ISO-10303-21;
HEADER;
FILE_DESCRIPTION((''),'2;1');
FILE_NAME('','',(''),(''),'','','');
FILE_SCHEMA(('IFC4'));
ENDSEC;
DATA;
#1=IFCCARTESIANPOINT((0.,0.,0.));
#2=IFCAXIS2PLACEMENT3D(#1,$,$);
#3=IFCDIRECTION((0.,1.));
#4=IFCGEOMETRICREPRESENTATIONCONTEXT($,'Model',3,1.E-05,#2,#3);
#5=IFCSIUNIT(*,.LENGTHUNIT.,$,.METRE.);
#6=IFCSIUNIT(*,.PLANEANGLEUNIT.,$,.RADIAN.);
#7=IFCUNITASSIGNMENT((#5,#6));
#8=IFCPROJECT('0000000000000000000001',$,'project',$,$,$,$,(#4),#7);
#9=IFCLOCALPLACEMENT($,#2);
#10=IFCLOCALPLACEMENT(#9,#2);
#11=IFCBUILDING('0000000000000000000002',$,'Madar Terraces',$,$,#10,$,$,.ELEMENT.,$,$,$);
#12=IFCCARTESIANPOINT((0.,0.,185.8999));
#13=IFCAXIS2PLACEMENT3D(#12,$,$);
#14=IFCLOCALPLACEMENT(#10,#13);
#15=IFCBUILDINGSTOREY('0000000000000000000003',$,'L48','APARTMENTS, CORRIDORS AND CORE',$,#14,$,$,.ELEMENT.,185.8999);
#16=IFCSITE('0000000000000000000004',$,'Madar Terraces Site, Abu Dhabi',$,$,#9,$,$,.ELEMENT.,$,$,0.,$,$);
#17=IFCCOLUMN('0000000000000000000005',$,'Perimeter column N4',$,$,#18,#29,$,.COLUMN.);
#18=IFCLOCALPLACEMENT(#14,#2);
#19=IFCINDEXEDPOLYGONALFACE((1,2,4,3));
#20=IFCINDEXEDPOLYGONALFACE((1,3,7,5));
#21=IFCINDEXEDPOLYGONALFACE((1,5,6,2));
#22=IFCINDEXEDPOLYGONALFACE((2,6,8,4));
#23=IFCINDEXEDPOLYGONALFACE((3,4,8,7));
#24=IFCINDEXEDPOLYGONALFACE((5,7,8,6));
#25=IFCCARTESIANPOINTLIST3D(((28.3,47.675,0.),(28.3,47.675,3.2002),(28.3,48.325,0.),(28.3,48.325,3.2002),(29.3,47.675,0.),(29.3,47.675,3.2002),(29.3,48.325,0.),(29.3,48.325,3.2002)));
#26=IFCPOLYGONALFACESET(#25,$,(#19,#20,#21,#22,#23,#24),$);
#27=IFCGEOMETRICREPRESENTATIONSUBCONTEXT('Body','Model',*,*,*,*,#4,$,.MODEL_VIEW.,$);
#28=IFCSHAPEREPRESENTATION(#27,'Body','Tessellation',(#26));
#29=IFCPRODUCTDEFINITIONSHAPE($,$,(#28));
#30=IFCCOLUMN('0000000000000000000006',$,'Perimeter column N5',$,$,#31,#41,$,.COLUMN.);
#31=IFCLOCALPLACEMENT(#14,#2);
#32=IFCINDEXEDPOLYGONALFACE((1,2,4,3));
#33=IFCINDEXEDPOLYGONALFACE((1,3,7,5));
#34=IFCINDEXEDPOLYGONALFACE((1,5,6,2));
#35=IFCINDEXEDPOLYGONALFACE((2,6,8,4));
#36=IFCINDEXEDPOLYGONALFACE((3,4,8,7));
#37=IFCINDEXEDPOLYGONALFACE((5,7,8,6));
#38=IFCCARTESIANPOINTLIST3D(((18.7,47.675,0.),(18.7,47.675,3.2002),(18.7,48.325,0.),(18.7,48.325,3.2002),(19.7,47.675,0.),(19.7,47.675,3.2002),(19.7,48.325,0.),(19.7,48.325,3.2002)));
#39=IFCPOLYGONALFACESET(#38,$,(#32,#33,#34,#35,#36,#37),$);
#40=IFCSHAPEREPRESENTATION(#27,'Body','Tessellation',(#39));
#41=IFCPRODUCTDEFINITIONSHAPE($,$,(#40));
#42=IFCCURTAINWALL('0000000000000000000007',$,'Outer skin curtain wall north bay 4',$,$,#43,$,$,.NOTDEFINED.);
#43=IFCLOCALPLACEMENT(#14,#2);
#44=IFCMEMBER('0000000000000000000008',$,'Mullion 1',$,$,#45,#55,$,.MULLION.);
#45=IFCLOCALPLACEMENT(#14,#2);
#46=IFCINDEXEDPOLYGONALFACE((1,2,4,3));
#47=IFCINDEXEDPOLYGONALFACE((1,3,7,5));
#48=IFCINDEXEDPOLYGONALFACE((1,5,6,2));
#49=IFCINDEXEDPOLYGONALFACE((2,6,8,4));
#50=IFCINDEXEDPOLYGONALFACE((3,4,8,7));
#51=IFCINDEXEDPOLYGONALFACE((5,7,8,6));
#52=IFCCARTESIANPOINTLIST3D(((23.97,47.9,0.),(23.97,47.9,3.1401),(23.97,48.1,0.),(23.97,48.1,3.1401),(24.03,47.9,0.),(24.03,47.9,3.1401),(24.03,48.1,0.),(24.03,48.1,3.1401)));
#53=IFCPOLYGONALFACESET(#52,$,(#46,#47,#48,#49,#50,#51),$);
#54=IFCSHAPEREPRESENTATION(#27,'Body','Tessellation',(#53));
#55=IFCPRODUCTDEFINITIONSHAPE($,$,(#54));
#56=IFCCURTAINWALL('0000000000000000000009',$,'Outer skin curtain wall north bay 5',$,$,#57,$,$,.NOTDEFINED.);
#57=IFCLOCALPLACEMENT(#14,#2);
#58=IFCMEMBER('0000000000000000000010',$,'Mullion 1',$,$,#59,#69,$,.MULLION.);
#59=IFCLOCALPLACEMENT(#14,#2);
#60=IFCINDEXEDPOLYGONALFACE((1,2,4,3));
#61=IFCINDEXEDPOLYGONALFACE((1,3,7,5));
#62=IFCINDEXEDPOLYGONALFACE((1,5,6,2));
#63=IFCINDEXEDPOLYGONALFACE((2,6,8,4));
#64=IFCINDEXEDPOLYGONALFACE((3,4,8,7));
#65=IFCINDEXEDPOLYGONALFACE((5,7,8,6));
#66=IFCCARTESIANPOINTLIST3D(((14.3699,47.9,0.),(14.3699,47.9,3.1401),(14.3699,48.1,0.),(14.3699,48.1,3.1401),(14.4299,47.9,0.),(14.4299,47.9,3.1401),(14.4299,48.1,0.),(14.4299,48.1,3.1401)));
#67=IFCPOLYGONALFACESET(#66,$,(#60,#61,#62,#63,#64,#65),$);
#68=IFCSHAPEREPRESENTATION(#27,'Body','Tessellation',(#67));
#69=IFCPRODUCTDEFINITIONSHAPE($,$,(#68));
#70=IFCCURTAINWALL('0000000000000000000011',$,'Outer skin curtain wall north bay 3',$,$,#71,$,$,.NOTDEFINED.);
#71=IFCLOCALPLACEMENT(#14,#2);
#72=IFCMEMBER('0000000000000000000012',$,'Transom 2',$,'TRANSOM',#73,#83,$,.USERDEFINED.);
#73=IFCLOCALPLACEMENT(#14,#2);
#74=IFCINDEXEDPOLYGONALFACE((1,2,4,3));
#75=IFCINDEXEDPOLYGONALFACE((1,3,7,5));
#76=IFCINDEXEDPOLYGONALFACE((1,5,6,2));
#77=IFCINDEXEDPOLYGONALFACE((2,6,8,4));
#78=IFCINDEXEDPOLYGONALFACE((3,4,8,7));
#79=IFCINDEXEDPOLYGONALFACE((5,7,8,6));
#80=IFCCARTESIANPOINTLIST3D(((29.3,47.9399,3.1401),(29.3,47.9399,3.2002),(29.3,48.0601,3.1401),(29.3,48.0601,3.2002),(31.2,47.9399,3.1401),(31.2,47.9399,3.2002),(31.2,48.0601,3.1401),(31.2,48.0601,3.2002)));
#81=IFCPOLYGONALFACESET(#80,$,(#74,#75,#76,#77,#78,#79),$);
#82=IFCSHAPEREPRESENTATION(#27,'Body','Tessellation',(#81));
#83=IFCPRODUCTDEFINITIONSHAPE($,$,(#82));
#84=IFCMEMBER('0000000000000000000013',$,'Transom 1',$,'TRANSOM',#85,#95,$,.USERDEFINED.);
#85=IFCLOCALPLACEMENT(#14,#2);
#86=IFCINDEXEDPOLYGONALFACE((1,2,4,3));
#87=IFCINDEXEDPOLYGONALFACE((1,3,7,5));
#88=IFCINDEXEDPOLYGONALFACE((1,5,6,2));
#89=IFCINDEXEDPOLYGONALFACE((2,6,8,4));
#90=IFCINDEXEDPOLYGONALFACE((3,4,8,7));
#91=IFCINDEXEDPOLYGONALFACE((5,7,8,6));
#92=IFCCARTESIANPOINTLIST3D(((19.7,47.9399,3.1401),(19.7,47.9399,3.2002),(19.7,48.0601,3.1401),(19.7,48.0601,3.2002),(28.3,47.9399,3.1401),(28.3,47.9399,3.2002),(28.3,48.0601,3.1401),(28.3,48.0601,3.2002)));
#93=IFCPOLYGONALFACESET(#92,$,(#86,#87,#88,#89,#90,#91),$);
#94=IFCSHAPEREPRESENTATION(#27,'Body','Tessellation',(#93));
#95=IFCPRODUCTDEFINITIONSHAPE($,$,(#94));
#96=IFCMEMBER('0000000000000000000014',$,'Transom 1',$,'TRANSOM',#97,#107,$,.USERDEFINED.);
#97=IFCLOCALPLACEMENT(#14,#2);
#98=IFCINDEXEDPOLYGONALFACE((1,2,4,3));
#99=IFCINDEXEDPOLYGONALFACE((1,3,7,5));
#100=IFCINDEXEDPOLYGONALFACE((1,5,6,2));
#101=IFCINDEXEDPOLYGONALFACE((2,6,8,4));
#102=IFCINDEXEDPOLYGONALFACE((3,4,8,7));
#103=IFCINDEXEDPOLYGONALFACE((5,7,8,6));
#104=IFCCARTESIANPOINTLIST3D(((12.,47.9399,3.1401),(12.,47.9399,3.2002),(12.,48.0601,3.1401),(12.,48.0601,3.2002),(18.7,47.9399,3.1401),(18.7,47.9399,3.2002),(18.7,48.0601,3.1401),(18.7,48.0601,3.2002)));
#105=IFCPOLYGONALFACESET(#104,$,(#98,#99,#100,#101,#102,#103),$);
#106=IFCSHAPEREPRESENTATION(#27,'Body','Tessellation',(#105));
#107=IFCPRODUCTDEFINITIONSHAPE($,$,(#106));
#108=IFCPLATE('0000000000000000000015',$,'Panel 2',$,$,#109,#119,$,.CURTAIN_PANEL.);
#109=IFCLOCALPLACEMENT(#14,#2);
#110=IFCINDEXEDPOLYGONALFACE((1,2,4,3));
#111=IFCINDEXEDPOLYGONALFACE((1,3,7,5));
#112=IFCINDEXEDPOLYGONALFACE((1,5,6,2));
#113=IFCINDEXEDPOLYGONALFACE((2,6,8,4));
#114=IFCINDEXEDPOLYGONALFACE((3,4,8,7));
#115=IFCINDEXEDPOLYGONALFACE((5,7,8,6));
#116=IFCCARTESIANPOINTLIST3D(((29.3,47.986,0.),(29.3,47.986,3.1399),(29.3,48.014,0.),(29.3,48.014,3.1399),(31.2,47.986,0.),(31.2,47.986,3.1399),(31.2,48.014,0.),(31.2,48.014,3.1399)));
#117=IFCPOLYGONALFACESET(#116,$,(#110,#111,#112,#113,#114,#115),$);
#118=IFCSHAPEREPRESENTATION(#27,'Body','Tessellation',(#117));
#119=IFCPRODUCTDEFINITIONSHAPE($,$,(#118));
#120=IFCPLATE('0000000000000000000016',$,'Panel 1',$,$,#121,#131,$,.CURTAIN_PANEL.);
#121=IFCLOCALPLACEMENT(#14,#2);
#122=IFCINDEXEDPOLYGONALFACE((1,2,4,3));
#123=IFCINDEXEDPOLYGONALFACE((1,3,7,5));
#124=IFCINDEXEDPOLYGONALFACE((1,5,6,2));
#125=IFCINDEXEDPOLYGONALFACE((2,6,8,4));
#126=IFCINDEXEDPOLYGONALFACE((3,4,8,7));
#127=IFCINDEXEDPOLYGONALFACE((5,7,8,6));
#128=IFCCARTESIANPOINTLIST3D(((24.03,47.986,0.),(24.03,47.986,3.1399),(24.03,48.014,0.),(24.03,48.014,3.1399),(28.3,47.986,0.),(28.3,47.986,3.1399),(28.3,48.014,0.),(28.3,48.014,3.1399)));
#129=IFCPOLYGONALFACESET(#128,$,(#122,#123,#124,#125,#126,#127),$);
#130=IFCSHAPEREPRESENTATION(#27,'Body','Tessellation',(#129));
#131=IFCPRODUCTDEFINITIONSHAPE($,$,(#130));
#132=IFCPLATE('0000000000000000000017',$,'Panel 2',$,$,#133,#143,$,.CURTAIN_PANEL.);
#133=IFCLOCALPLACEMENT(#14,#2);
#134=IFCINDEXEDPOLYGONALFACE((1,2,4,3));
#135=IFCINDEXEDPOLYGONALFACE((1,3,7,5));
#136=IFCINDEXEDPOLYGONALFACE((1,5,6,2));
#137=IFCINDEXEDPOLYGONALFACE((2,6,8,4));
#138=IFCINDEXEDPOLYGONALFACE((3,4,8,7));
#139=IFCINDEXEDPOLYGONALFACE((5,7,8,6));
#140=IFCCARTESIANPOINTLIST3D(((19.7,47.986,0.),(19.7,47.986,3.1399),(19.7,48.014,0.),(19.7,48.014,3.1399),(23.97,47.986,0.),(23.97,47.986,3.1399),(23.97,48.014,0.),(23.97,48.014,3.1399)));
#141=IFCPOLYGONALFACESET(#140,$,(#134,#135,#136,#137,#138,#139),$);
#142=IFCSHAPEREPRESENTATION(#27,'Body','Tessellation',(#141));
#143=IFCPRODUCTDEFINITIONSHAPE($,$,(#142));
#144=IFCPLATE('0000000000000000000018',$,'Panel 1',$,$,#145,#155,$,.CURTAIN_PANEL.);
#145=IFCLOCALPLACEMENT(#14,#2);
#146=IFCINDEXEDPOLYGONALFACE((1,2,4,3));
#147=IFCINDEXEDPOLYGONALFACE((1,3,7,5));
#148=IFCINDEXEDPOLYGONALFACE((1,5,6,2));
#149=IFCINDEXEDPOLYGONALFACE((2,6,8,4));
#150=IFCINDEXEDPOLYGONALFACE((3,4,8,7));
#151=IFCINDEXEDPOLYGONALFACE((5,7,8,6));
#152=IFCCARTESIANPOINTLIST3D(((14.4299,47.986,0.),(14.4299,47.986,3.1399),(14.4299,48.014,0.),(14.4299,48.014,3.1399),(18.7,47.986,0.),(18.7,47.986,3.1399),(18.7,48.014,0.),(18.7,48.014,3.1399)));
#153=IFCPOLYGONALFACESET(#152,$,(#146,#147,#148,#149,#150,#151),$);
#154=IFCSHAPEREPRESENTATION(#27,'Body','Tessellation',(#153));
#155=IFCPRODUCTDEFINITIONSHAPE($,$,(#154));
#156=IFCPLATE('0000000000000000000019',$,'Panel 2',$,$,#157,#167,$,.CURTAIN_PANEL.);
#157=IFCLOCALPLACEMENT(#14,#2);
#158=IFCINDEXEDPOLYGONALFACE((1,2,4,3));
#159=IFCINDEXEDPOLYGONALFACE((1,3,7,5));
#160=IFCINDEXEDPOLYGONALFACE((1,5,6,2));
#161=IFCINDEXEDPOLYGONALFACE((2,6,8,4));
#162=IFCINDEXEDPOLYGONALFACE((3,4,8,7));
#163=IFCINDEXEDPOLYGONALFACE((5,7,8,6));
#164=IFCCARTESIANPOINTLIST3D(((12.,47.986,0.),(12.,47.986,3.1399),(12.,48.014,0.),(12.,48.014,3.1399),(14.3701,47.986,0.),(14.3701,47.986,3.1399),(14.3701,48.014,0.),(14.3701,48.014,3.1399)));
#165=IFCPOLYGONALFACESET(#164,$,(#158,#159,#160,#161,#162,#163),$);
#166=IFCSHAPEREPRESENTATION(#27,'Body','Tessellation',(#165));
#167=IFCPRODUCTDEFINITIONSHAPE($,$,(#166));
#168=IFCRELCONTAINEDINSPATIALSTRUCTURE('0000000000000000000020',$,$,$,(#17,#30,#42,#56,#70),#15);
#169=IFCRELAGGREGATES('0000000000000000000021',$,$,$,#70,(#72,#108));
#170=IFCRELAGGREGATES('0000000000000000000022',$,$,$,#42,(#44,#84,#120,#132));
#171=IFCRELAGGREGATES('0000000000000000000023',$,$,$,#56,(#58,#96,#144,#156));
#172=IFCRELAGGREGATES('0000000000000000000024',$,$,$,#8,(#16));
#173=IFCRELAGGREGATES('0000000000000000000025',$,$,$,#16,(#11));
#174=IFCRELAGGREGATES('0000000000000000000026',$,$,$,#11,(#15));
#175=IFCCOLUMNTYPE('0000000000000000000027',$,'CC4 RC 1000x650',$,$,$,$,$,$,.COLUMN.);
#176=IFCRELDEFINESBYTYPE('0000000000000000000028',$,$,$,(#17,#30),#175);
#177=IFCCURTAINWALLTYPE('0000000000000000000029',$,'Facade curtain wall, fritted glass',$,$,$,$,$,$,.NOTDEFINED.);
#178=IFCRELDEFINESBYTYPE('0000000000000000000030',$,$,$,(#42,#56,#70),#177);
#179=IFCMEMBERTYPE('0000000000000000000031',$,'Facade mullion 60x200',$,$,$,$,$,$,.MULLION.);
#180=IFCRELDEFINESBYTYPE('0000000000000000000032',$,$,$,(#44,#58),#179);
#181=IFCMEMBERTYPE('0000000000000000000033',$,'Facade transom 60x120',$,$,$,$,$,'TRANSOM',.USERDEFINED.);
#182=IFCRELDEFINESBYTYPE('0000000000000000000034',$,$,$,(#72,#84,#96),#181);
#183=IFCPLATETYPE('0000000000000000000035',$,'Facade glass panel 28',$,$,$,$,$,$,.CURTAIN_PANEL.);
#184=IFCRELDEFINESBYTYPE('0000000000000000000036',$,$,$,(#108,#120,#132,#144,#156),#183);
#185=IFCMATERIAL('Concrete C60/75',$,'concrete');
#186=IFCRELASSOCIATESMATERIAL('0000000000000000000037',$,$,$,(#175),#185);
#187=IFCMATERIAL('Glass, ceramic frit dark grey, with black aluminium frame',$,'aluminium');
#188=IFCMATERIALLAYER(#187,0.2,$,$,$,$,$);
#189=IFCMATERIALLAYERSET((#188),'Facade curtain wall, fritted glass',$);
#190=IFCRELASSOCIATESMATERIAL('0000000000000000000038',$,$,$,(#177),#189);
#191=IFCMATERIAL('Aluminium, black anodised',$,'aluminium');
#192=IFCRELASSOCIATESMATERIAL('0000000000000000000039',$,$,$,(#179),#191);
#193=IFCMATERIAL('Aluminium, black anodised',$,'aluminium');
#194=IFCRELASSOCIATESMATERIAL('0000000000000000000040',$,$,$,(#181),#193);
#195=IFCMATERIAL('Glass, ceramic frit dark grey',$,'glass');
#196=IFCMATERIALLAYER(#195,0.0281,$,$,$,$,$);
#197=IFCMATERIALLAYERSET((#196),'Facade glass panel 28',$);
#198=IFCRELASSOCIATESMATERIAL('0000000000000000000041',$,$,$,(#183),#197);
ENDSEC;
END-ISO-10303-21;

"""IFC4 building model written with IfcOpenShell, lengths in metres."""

from ifc_helpers import new_model, si_unit, direction, frame, origin, origin_2d, place, context, subcontext, project, spatial, rectangle, extrude, material, layer, layer_set, material_profile, profile_set, type_object, element, aggregate, save


model = new_model("IFC4")

# Units and contexts
model_context = context("Model", 3, precision=1e-05, world=origin(), true_north=direction((0.0, 1.0)))
body_context = subcontext(model_context, "Body", "Model", "MODEL_VIEW")
ifc_project = project(units=[si_unit("LENGTHUNIT", "METRE"), si_unit("PLANEANGLEUNIT", "RADIAN")], contexts=[model_context])

# Site, building, storey
site_placement = place(None, origin())
site = spatial("IfcSite", under=ifc_project, at=site_placement, Name="Madar Terraces Site, Abu Dhabi", CompositionType="ELEMENT", RefElevation=0.0)
building_placement = place(site_placement, origin())
building = spatial("IfcBuilding", under=site, at=building_placement, Name="Madar Terraces", CompositionType="ELEMENT")
storey_placement = place(building_placement, frame((0.0, 0.0, 185.8999)))
storey = spatial("IfcBuildingStorey", under=building, at=storey_placement, Name="L48", Description="APARTMENTS, CORRIDORS AND CORE", CompositionType="ELEMENT", Elevation=185.8999)

# Columns
ifc_material_1 = material(Name="Concrete C60/75", Category="concrete")
ifc_material_profile_1 = material_profile(ifc_material_1, rectangle(XDim=1.0, YDim=0.6499, at=origin_2d()), Name="CC4 RC 1000x650")
ifc_profile_set_1 = profile_set([ifc_material_profile_1], Name="Concrete C60/75")
column_type = type_object("IfcColumnType", Name="CC4 RC 1000x650", PredefinedType="COLUMN", material=ifc_profile_set_1)
for number, where, z_axis, x_axis, name in (
    (1, (28.8, 48.0, 0.0), (0.0, 0.0, 1.0), (1.0, 0.0, 0.0), "Perimeter column N4"),
    (2, (19.2, 48.0, 0.0), (0.0, 0.0, 1.0), (1.0, 0.0, 0.0), "Perimeter column N5"),
):
    element("IfcColumn", number, at=place(storey_placement, frame(where, z_axis=z_axis, x_axis=x_axis)), inside=storey, type_object=column_type, Name=name, PredefinedType="COLUMN", context=body_context, shape_type="SweptSolid", body=[
        extrude(rectangle(XDim=1.0, YDim=0.6499, at=origin_2d()), origin(), (0.0, 0.0, 1.0), 3.2002),
    ])

# Curtain walls, members
ifc_material_2 = material(Name="Glass, ceramic frit dark grey, with black aluminium frame", Category="aluminium")
ifc_layer_1 = layer(ifc_material_2, 0.2)
ifc_layer_set_1 = layer_set([ifc_layer_1], Name="Facade curtain wall, fritted glass")
curtain_wall_type = type_object("IfcCurtainWallType", Name="Facade curtain wall, fritted glass", PredefinedType="NOTDEFINED", material=ifc_layer_set_1)
curtain_wall_1_placement = place(storey_placement, origin())
curtain_wall_1 = element("IfcCurtainWall", 3, at=curtain_wall_1_placement, inside=storey, type_object=curtain_wall_type, Name="Outer skin curtain wall north bay 4", PredefinedType="NOTDEFINED")
ifc_material_3 = material(Name="Aluminium, black anodised", Category="aluminium")
ifc_material_profile_2 = material_profile(ifc_material_3, rectangle(XDim=0.2, YDim=0.0601, at=origin_2d()), Name="Facade mullion 60x200")
ifc_profile_set_2 = profile_set([ifc_material_profile_2], Name="Aluminium, black anodised")
member_type_1 = type_object("IfcMemberType", Name="Facade mullion 60x200", PredefinedType="MULLION", material=ifc_profile_set_2)
member_1_placement = place(storey_placement, frame((24.0, 48.0, 0.0), z_axis=(0.0, 0.0, 1.0), x_axis=(0.0, -1.0, 0.0)))
member_1 = element("IfcMember", 4, at=member_1_placement, type_object=member_type_1, Name="Mullion 1", PredefinedType="MULLION", context=body_context, shape_type="SweptSolid", body=[
    extrude(rectangle(XDim=0.2, YDim=0.0601, at=origin_2d()), origin(), (0.0, 0.0, 1.0), 3.1401),
])
curtain_wall_2_placement = place(storey_placement, origin())
curtain_wall_2 = element("IfcCurtainWall", 5, at=curtain_wall_2_placement, inside=storey, type_object=curtain_wall_type, Name="Outer skin curtain wall north bay 5", PredefinedType="NOTDEFINED")
member_2_placement = place(storey_placement, frame((14.3999, 48.0, 0.0), z_axis=(0.0, 0.0, 1.0), x_axis=(0.0, -1.0, 0.0)))
member_2 = element("IfcMember", 6, at=member_2_placement, type_object=member_type_1, Name="Mullion 1", PredefinedType="MULLION", context=body_context, shape_type="SweptSolid", body=[
    extrude(rectangle(XDim=0.2, YDim=0.0601, at=origin_2d()), origin(), (0.0, 0.0, 1.0), 3.1401),
])
curtain_wall_3_placement = place(storey_placement, origin())
curtain_wall_3 = element("IfcCurtainWall", 7, at=curtain_wall_3_placement, inside=storey, type_object=curtain_wall_type, Name="Outer skin curtain wall north bay 3", PredefinedType="NOTDEFINED")
ifc_material_4 = material(Name="Aluminium, black anodised", Category="aluminium")
ifc_material_profile_3 = material_profile(ifc_material_4, rectangle(XDim=0.1201, YDim=0.0601, at=origin_2d()), Name="Facade transom 60x120")
ifc_profile_set_3 = profile_set([ifc_material_profile_3], Name="Aluminium, black anodised")
member_type_2 = type_object("IfcMemberType", Name="Facade transom 60x120", ElementType="TRANSOM", PredefinedType="USERDEFINED", material=ifc_profile_set_3)
member_3_placement = place(storey_placement, frame((31.2, 48.0, 3.1702), z_axis=(-1.0, 0.0, 0.0), x_axis=(0.0, -1.0, 0.0)))
member_3 = element("IfcMember", 8, at=member_3_placement, type_object=member_type_2, Name="Transom 2", ObjectType="TRANSOM", PredefinedType="USERDEFINED", context=body_context, shape_type="SweptSolid", body=[
    extrude(rectangle(XDim=0.1201, YDim=0.0601, at=origin_2d()), origin(), (0.0, 0.0, 1.0), 1.8999),
])

# Members
member_4_placement = place(storey_placement, frame((28.3, 48.0, 3.1702), z_axis=(-1.0, 0.0, 0.0), x_axis=(0.0, -1.0, 0.0)))
member_4 = element("IfcMember", 9, at=member_4_placement, type_object=member_type_2, Name="Transom 1", ObjectType="TRANSOM", PredefinedType="USERDEFINED", context=body_context, shape_type="SweptSolid", body=[
    extrude(rectangle(XDim=0.1201, YDim=0.0601, at=origin_2d()), origin(), (0.0, 0.0, 1.0), 8.6001),
])
member_5_placement = place(storey_placement, frame((18.7, 48.0, 3.1702), z_axis=(-1.0, 0.0, 0.0), x_axis=(0.0, -1.0, 0.0)))
member_5 = element("IfcMember", 10, at=member_5_placement, type_object=member_type_2, Name="Transom 1", ObjectType="TRANSOM", PredefinedType="USERDEFINED", context=body_context, shape_type="SweptSolid", body=[
    extrude(rectangle(XDim=0.1201, YDim=0.0601, at=origin_2d()), origin(), (0.0, 0.0, 1.0), 6.7),
])

# Plates
ifc_material_5 = material(Name="Glass, ceramic frit dark grey", Category="glass")
ifc_layer_2 = layer(ifc_material_5, 0.0281)
ifc_layer_set_2 = layer_set([ifc_layer_2], Name="Facade glass panel 28")
plate_type = type_object("IfcPlateType", Name="Facade glass panel 28", PredefinedType="CURTAIN_PANEL", material=ifc_layer_set_2)
plate_1_placement = place(storey_placement, frame((30.25, 48.0, 0.0), z_axis=(0.0, 0.0, 1.0), x_axis=(-1.0, 0.0, 0.0)))
plate_1 = element("IfcPlate", 11, at=plate_1_placement, type_object=plate_type, Name="Panel 2", PredefinedType="CURTAIN_PANEL", context=body_context, shape_type="SweptSolid", body=[
    extrude(rectangle(XDim=1.8999, YDim=0.0281, at=origin_2d()), origin(), (0.0, 0.0, 1.0), 3.1399),
])
aggregate(curtain_wall_3, [member_3, plate_1])
plate_2_placement = place(storey_placement, frame((26.165, 48.0, 0.0), z_axis=(0.0, 0.0, 1.0), x_axis=(-1.0, 0.0, 0.0)))
plate_2 = element("IfcPlate", 12, at=plate_2_placement, type_object=plate_type, Name="Panel 1", PredefinedType="CURTAIN_PANEL", context=body_context, shape_type="SweptSolid", body=[
    extrude(rectangle(XDim=4.27, YDim=0.0281, at=origin_2d()), origin(), (0.0, 0.0, 1.0), 3.1399),
])
plate_3_placement = place(storey_placement, frame((21.835, 48.0, 0.0), z_axis=(0.0, 0.0, 1.0), x_axis=(-1.0, 0.0, 0.0)))
plate_3 = element("IfcPlate", 13, at=plate_3_placement, type_object=plate_type, Name="Panel 2", PredefinedType="CURTAIN_PANEL", context=body_context, shape_type="SweptSolid", body=[
    extrude(rectangle(XDim=4.27, YDim=0.0281, at=origin_2d()), origin(), (0.0, 0.0, 1.0), 3.1399),
])
aggregate(curtain_wall_1, [member_1, member_4, plate_2, plate_3])
plate_4_placement = place(storey_placement, frame((16.5649, 48.0, 0.0), z_axis=(0.0, 0.0, 1.0), x_axis=(-1.0, 0.0, 0.0)))
plate_4 = element("IfcPlate", 14, at=plate_4_placement, type_object=plate_type, Name="Panel 1", PredefinedType="CURTAIN_PANEL", context=body_context, shape_type="SweptSolid", body=[
    extrude(rectangle(XDim=4.27, YDim=0.0281, at=origin_2d()), origin(), (0.0, 0.0, 1.0), 3.1399),
])
plate_5_placement = place(storey_placement, frame((13.1851, 48.0, 0.0), z_axis=(0.0, 0.0, 1.0), x_axis=(-1.0, 0.0, 0.0)))
plate_5 = element("IfcPlate", 15, at=plate_5_placement, type_object=plate_type, Name="Panel 2", PredefinedType="CURTAIN_PANEL", context=body_context, shape_type="SweptSolid", body=[
    extrude(rectangle(XDim=2.3701, YDim=0.0281, at=origin_2d()), origin(), (0.0, 0.0, 1.0), 3.1399),
])
aggregate(curtain_wall_2, [member_2, member_5, plate_4, plate_5])

save(model, "model.ifc")
